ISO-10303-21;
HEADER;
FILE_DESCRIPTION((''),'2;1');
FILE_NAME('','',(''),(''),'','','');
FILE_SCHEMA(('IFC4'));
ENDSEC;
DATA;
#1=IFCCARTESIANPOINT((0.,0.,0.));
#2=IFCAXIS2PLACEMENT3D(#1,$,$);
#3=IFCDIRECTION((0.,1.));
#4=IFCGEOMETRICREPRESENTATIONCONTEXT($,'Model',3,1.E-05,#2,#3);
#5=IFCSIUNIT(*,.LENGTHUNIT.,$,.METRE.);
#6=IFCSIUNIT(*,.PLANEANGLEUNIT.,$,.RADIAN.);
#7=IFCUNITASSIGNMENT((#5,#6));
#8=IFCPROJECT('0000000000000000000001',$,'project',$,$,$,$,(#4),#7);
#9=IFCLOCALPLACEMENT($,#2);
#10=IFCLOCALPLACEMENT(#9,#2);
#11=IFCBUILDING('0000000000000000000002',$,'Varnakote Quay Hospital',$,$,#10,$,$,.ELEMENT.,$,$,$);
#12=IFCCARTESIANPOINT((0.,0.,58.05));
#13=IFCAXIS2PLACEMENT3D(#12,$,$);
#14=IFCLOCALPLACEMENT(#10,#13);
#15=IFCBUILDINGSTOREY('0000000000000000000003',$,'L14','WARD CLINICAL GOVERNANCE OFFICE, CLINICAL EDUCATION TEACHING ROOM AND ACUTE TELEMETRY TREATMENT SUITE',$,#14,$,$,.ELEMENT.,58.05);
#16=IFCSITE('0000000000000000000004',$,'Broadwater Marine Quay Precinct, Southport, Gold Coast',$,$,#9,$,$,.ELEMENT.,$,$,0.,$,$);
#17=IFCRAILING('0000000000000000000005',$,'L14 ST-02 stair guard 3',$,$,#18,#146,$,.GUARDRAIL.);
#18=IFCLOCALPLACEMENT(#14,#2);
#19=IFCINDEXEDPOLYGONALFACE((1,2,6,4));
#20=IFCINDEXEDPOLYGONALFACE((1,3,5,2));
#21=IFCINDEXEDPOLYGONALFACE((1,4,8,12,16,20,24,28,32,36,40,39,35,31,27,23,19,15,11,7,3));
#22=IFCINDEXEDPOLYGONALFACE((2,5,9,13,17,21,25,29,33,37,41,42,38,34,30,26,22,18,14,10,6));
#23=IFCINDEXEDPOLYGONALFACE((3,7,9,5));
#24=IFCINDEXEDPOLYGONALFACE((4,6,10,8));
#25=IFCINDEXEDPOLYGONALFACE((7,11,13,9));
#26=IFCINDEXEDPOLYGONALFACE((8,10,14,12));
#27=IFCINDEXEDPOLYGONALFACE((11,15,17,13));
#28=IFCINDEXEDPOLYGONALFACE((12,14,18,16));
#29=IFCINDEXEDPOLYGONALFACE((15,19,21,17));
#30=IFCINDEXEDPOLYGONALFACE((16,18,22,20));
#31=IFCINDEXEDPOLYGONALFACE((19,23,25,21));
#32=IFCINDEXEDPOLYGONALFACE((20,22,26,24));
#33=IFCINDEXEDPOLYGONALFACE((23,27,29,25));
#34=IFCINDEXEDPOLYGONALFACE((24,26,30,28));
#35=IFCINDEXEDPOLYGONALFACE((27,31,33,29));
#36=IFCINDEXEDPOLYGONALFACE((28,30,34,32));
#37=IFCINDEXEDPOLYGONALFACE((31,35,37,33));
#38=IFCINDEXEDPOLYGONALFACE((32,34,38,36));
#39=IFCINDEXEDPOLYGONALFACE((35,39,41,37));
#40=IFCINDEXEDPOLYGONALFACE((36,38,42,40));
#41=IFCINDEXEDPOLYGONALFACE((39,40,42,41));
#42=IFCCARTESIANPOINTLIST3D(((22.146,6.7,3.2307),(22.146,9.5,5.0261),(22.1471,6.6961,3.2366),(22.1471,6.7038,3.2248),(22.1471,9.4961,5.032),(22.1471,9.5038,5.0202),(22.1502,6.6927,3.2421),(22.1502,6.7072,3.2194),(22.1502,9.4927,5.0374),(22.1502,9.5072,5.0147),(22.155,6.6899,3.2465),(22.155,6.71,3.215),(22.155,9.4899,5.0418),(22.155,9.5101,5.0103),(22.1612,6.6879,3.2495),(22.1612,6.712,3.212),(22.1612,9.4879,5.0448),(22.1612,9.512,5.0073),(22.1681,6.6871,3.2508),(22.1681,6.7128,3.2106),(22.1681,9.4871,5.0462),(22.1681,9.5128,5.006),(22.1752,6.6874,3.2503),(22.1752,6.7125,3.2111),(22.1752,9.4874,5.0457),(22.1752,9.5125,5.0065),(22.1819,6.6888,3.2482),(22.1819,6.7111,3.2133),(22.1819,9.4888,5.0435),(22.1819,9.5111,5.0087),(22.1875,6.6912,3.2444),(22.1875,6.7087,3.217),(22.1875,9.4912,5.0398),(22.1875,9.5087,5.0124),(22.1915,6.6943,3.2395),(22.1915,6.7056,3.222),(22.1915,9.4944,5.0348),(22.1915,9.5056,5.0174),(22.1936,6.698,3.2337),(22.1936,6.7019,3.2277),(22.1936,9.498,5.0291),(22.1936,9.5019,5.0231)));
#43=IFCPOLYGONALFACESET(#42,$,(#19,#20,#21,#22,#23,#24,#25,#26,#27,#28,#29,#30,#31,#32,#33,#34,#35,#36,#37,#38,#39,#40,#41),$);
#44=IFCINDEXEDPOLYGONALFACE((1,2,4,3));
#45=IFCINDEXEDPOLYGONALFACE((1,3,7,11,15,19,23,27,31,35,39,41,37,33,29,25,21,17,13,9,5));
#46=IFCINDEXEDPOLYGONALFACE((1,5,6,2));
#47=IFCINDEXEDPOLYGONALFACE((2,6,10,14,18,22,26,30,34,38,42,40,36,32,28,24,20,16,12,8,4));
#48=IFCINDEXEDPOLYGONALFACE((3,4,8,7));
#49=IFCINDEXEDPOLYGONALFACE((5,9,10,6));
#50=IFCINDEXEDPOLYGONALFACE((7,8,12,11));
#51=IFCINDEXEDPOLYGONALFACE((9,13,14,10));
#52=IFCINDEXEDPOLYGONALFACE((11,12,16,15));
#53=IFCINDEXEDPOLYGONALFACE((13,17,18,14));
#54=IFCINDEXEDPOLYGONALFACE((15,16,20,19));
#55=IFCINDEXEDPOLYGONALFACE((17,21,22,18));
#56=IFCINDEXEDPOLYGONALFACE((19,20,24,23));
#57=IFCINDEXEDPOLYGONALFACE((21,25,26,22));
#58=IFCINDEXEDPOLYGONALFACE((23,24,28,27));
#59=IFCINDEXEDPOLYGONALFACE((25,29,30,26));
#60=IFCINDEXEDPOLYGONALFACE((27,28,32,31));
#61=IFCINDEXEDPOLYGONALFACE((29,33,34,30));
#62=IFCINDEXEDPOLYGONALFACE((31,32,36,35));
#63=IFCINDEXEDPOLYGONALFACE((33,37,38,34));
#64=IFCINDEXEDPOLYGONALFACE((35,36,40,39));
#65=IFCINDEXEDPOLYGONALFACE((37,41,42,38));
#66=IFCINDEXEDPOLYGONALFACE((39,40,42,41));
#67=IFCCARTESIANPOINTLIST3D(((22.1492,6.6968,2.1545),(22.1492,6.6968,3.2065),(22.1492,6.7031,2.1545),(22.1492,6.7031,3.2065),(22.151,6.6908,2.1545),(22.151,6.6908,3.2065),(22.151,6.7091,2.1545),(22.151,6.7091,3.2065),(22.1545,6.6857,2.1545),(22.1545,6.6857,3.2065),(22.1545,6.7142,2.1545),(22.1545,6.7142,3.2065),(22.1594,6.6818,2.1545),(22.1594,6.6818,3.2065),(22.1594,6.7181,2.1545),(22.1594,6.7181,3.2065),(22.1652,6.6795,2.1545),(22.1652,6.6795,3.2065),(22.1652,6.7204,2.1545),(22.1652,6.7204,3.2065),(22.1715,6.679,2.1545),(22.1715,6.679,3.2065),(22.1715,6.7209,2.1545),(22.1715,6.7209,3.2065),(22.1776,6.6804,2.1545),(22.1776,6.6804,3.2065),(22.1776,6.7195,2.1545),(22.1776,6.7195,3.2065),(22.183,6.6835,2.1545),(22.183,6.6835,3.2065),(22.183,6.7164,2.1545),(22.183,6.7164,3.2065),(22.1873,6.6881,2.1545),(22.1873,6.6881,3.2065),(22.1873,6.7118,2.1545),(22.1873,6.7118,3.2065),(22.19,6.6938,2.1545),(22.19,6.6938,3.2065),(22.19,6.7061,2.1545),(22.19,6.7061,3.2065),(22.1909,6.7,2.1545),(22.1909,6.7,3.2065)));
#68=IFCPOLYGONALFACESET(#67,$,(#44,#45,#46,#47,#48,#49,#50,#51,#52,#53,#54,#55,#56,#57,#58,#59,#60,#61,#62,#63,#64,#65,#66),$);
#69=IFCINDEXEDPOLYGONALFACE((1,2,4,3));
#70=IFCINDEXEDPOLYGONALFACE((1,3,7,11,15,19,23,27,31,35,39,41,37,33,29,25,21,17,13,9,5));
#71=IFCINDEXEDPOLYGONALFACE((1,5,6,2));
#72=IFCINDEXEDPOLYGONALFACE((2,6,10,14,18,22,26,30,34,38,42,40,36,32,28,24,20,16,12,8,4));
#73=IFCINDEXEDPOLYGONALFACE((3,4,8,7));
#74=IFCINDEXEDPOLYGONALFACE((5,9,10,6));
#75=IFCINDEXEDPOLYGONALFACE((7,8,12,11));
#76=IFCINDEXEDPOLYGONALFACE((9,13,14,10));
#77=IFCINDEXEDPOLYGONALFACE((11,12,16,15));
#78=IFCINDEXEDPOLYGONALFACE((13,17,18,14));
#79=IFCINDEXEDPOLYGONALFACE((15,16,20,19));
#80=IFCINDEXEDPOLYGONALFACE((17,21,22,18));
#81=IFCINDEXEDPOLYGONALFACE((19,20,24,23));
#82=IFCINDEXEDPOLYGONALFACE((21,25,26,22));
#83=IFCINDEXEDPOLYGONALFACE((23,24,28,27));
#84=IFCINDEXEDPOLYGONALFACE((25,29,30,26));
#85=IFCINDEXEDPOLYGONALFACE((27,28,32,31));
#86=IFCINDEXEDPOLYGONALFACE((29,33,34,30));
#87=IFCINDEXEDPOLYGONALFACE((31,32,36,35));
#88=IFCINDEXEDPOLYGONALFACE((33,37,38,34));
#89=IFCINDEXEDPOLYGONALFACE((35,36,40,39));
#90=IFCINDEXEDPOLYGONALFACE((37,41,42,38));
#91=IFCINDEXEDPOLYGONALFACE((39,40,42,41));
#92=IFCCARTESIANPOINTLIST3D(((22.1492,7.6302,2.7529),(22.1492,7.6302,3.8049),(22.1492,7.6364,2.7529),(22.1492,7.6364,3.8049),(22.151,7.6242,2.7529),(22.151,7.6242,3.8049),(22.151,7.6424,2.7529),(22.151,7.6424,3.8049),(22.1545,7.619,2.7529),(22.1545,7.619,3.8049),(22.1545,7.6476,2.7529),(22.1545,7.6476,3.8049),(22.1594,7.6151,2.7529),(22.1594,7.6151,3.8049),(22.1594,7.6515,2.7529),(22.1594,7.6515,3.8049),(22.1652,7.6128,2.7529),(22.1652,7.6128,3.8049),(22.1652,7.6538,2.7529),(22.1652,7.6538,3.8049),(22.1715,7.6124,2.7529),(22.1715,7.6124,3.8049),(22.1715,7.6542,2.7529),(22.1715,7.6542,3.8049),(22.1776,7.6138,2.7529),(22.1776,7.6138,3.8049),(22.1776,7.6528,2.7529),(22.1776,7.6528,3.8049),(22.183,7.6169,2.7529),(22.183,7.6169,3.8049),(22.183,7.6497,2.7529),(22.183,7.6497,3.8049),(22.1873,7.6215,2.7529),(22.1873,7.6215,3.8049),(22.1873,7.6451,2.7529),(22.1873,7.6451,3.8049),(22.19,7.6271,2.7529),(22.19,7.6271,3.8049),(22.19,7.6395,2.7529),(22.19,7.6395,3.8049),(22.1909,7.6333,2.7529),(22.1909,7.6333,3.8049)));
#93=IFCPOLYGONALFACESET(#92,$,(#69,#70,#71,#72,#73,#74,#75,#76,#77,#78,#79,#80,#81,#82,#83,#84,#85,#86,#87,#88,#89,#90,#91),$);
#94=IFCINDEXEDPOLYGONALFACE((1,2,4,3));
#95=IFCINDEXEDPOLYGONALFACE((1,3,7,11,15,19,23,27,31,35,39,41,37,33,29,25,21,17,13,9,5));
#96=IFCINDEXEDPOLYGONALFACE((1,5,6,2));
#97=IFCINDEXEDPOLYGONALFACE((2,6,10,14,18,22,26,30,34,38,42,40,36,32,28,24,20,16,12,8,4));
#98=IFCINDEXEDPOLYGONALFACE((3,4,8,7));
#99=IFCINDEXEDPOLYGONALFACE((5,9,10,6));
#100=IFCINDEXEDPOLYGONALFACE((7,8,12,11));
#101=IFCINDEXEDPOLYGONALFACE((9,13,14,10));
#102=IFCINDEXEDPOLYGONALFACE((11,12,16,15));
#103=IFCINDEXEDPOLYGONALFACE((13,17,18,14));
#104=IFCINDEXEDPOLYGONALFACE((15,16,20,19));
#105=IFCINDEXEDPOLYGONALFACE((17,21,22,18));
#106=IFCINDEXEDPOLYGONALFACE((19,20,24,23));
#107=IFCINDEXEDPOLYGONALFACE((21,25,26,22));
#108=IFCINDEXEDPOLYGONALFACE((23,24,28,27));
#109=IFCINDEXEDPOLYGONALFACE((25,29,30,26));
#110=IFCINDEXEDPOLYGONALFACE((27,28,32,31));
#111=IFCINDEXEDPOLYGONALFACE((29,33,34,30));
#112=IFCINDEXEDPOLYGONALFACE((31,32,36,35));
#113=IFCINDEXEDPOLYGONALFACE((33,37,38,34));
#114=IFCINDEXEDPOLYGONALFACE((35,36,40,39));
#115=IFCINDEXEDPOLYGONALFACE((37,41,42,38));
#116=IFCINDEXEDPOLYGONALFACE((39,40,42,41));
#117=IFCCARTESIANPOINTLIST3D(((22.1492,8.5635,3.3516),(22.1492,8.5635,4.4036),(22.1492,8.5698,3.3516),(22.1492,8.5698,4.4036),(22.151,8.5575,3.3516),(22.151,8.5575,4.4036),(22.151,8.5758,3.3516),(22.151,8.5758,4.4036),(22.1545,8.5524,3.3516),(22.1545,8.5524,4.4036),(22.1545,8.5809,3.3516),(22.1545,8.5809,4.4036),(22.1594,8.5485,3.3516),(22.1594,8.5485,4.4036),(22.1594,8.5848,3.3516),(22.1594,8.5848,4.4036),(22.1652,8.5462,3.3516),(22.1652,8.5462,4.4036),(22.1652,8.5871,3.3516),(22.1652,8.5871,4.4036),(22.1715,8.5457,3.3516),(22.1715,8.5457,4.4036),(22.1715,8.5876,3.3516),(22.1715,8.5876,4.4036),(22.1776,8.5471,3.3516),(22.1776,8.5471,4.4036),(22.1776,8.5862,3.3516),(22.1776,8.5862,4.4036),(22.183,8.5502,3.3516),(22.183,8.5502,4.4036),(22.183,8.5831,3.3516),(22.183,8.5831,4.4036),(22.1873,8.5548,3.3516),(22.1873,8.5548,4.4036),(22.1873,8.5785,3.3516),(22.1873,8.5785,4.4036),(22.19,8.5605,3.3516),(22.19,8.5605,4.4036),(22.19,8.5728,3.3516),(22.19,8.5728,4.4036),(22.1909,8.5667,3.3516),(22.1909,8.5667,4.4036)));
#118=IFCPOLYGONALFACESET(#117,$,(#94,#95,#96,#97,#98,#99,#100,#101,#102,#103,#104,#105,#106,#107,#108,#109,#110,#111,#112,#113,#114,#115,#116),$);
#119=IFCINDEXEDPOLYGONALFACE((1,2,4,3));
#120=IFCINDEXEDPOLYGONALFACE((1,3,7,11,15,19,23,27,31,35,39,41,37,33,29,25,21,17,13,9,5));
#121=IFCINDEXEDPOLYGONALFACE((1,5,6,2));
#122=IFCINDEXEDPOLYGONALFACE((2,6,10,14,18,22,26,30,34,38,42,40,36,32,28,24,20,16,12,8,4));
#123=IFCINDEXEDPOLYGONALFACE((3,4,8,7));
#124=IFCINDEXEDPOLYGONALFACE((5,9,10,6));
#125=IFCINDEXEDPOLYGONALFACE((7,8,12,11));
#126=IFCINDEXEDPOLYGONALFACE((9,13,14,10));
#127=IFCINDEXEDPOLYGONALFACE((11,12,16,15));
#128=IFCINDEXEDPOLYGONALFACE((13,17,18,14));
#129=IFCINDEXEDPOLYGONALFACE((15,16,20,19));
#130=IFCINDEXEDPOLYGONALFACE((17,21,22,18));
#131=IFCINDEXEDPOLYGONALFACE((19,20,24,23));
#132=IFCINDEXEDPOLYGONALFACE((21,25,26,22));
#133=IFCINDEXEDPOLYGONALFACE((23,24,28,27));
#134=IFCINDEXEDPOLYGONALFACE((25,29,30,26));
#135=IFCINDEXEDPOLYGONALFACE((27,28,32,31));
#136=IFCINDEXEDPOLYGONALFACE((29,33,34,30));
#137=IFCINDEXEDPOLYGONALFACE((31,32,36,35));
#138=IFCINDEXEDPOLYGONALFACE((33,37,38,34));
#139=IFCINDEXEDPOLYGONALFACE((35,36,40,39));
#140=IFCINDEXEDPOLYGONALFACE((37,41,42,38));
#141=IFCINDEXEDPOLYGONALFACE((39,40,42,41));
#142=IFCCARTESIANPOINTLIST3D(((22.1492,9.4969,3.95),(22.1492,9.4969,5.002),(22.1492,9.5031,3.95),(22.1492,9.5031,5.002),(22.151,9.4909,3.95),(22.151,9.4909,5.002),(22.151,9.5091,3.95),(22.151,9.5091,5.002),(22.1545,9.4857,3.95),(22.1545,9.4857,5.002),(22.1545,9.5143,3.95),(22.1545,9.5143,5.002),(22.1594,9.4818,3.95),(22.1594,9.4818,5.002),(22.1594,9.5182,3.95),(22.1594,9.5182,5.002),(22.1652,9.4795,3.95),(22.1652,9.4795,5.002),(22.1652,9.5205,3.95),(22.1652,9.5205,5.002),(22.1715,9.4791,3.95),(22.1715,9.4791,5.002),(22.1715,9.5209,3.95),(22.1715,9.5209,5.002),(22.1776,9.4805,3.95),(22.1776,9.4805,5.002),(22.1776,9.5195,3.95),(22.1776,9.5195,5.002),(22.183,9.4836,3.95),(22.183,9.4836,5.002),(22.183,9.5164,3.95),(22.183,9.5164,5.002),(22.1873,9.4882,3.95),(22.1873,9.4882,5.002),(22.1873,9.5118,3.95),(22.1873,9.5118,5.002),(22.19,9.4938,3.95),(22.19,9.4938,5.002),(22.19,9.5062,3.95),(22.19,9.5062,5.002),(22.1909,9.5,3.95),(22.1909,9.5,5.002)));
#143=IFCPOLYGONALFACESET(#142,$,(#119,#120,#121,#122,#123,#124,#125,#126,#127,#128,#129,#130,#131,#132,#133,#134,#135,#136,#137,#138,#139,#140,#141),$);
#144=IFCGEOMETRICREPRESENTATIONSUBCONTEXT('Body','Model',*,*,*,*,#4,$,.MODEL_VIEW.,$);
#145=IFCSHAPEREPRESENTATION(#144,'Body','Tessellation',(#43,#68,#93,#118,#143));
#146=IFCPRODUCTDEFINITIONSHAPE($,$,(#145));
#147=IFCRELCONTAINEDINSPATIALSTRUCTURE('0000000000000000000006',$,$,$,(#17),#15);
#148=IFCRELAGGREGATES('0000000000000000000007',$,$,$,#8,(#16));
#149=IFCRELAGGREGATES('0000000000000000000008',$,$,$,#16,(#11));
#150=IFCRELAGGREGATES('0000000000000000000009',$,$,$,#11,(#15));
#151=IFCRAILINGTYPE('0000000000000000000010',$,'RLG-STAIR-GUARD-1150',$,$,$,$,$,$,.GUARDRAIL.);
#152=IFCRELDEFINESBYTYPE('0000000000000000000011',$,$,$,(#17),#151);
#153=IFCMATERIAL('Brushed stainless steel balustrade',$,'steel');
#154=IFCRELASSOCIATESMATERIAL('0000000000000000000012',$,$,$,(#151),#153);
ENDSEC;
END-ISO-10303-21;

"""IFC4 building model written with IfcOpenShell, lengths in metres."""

from ifc_helpers import new_model, si_unit, direction, frame, origin, origin_2d, place, context, subcontext, project, spatial, circle, extrude, material, type_object, element, save


model = new_model("IFC4")

# Units and contexts
model_context = context("Model", 3, precision=1e-05, world=origin(), true_north=direction((0.0, 1.0)))
body_context = subcontext(model_context, "Body", "Model", "MODEL_VIEW")
ifc_project = project(units=[si_unit("LENGTHUNIT", "METRE"), si_unit("PLANEANGLEUNIT", "RADIAN")], contexts=[model_context])

# Site, building, storey
site_placement = place(None, origin())
site = spatial("IfcSite", under=ifc_project, at=site_placement, Name="Broadwater Marine Quay Precinct, Southport, Gold Coast", CompositionType="ELEMENT", RefElevation=0.0)
building_placement = place(site_placement, origin())
building = spatial("IfcBuilding", under=site, at=building_placement, Name="Varnakote Quay Hospital", CompositionType="ELEMENT")
storey_placement = place(building_placement, frame((0.0, 0.0, 58.05)))
storey = spatial("IfcBuildingStorey", under=building, at=storey_placement, Name="L14", Description="WARD CLINICAL GOVERNANCE OFFICE, CLINICAL EDUCATION TEACHING ROOM AND ACUTE TELEMETRY TREATMENT SUITE", CompositionType="ELEMENT", Elevation=58.05)

# Railing
ifc_material_1 = material(Name="Brushed stainless steel balustrade", Category="steel")
railing_type_1 = type_object("IfcRailingType", Name="RLG-STAIR-GUARD-1150", PredefinedType="GUARDRAIL", material=ifc_material_1)
railing_1_placement = place(storey_placement, frame((22.1699, 6.7, 2.1545)))
element("IfcRailing", 1, at=railing_1_placement, inside=storey, type_object=railing_type_1, Name="L14 ST-02 stair guard 3", PredefinedType="GUARDRAIL", context=body_context, shape_type="SweptSolid", body=[
    extrude(circle(Radius=0.0239, at=origin_2d()), frame((0.0, 0.0, 1.0762), z_axis=(0.0, 0.84181, 0.539774), x_axis=(-1.0, 0.0, 0.0)), (0.0, 0.0, 1.0), 3.3262),
    extrude(circle(Radius=0.021, at=origin_2d()), origin(), (0.0, 0.0, 1.0), 1.052),
    extrude(circle(Radius=0.021, at=origin_2d()), frame((0.0, 0.9333, 0.5984)), (0.0, 0.0, 1.0), 1.052),
    extrude(circle(Radius=0.021, at=origin_2d()), frame((0.0, 1.8667, 1.197)), (0.0, 0.0, 1.0), 1.052),
    extrude(circle(Radius=0.021, at=origin_2d()), frame((0.0, 2.8, 1.7954)), (0.0, 0.0, 1.0), 1.052),
])

save(model, "model.ifc")
